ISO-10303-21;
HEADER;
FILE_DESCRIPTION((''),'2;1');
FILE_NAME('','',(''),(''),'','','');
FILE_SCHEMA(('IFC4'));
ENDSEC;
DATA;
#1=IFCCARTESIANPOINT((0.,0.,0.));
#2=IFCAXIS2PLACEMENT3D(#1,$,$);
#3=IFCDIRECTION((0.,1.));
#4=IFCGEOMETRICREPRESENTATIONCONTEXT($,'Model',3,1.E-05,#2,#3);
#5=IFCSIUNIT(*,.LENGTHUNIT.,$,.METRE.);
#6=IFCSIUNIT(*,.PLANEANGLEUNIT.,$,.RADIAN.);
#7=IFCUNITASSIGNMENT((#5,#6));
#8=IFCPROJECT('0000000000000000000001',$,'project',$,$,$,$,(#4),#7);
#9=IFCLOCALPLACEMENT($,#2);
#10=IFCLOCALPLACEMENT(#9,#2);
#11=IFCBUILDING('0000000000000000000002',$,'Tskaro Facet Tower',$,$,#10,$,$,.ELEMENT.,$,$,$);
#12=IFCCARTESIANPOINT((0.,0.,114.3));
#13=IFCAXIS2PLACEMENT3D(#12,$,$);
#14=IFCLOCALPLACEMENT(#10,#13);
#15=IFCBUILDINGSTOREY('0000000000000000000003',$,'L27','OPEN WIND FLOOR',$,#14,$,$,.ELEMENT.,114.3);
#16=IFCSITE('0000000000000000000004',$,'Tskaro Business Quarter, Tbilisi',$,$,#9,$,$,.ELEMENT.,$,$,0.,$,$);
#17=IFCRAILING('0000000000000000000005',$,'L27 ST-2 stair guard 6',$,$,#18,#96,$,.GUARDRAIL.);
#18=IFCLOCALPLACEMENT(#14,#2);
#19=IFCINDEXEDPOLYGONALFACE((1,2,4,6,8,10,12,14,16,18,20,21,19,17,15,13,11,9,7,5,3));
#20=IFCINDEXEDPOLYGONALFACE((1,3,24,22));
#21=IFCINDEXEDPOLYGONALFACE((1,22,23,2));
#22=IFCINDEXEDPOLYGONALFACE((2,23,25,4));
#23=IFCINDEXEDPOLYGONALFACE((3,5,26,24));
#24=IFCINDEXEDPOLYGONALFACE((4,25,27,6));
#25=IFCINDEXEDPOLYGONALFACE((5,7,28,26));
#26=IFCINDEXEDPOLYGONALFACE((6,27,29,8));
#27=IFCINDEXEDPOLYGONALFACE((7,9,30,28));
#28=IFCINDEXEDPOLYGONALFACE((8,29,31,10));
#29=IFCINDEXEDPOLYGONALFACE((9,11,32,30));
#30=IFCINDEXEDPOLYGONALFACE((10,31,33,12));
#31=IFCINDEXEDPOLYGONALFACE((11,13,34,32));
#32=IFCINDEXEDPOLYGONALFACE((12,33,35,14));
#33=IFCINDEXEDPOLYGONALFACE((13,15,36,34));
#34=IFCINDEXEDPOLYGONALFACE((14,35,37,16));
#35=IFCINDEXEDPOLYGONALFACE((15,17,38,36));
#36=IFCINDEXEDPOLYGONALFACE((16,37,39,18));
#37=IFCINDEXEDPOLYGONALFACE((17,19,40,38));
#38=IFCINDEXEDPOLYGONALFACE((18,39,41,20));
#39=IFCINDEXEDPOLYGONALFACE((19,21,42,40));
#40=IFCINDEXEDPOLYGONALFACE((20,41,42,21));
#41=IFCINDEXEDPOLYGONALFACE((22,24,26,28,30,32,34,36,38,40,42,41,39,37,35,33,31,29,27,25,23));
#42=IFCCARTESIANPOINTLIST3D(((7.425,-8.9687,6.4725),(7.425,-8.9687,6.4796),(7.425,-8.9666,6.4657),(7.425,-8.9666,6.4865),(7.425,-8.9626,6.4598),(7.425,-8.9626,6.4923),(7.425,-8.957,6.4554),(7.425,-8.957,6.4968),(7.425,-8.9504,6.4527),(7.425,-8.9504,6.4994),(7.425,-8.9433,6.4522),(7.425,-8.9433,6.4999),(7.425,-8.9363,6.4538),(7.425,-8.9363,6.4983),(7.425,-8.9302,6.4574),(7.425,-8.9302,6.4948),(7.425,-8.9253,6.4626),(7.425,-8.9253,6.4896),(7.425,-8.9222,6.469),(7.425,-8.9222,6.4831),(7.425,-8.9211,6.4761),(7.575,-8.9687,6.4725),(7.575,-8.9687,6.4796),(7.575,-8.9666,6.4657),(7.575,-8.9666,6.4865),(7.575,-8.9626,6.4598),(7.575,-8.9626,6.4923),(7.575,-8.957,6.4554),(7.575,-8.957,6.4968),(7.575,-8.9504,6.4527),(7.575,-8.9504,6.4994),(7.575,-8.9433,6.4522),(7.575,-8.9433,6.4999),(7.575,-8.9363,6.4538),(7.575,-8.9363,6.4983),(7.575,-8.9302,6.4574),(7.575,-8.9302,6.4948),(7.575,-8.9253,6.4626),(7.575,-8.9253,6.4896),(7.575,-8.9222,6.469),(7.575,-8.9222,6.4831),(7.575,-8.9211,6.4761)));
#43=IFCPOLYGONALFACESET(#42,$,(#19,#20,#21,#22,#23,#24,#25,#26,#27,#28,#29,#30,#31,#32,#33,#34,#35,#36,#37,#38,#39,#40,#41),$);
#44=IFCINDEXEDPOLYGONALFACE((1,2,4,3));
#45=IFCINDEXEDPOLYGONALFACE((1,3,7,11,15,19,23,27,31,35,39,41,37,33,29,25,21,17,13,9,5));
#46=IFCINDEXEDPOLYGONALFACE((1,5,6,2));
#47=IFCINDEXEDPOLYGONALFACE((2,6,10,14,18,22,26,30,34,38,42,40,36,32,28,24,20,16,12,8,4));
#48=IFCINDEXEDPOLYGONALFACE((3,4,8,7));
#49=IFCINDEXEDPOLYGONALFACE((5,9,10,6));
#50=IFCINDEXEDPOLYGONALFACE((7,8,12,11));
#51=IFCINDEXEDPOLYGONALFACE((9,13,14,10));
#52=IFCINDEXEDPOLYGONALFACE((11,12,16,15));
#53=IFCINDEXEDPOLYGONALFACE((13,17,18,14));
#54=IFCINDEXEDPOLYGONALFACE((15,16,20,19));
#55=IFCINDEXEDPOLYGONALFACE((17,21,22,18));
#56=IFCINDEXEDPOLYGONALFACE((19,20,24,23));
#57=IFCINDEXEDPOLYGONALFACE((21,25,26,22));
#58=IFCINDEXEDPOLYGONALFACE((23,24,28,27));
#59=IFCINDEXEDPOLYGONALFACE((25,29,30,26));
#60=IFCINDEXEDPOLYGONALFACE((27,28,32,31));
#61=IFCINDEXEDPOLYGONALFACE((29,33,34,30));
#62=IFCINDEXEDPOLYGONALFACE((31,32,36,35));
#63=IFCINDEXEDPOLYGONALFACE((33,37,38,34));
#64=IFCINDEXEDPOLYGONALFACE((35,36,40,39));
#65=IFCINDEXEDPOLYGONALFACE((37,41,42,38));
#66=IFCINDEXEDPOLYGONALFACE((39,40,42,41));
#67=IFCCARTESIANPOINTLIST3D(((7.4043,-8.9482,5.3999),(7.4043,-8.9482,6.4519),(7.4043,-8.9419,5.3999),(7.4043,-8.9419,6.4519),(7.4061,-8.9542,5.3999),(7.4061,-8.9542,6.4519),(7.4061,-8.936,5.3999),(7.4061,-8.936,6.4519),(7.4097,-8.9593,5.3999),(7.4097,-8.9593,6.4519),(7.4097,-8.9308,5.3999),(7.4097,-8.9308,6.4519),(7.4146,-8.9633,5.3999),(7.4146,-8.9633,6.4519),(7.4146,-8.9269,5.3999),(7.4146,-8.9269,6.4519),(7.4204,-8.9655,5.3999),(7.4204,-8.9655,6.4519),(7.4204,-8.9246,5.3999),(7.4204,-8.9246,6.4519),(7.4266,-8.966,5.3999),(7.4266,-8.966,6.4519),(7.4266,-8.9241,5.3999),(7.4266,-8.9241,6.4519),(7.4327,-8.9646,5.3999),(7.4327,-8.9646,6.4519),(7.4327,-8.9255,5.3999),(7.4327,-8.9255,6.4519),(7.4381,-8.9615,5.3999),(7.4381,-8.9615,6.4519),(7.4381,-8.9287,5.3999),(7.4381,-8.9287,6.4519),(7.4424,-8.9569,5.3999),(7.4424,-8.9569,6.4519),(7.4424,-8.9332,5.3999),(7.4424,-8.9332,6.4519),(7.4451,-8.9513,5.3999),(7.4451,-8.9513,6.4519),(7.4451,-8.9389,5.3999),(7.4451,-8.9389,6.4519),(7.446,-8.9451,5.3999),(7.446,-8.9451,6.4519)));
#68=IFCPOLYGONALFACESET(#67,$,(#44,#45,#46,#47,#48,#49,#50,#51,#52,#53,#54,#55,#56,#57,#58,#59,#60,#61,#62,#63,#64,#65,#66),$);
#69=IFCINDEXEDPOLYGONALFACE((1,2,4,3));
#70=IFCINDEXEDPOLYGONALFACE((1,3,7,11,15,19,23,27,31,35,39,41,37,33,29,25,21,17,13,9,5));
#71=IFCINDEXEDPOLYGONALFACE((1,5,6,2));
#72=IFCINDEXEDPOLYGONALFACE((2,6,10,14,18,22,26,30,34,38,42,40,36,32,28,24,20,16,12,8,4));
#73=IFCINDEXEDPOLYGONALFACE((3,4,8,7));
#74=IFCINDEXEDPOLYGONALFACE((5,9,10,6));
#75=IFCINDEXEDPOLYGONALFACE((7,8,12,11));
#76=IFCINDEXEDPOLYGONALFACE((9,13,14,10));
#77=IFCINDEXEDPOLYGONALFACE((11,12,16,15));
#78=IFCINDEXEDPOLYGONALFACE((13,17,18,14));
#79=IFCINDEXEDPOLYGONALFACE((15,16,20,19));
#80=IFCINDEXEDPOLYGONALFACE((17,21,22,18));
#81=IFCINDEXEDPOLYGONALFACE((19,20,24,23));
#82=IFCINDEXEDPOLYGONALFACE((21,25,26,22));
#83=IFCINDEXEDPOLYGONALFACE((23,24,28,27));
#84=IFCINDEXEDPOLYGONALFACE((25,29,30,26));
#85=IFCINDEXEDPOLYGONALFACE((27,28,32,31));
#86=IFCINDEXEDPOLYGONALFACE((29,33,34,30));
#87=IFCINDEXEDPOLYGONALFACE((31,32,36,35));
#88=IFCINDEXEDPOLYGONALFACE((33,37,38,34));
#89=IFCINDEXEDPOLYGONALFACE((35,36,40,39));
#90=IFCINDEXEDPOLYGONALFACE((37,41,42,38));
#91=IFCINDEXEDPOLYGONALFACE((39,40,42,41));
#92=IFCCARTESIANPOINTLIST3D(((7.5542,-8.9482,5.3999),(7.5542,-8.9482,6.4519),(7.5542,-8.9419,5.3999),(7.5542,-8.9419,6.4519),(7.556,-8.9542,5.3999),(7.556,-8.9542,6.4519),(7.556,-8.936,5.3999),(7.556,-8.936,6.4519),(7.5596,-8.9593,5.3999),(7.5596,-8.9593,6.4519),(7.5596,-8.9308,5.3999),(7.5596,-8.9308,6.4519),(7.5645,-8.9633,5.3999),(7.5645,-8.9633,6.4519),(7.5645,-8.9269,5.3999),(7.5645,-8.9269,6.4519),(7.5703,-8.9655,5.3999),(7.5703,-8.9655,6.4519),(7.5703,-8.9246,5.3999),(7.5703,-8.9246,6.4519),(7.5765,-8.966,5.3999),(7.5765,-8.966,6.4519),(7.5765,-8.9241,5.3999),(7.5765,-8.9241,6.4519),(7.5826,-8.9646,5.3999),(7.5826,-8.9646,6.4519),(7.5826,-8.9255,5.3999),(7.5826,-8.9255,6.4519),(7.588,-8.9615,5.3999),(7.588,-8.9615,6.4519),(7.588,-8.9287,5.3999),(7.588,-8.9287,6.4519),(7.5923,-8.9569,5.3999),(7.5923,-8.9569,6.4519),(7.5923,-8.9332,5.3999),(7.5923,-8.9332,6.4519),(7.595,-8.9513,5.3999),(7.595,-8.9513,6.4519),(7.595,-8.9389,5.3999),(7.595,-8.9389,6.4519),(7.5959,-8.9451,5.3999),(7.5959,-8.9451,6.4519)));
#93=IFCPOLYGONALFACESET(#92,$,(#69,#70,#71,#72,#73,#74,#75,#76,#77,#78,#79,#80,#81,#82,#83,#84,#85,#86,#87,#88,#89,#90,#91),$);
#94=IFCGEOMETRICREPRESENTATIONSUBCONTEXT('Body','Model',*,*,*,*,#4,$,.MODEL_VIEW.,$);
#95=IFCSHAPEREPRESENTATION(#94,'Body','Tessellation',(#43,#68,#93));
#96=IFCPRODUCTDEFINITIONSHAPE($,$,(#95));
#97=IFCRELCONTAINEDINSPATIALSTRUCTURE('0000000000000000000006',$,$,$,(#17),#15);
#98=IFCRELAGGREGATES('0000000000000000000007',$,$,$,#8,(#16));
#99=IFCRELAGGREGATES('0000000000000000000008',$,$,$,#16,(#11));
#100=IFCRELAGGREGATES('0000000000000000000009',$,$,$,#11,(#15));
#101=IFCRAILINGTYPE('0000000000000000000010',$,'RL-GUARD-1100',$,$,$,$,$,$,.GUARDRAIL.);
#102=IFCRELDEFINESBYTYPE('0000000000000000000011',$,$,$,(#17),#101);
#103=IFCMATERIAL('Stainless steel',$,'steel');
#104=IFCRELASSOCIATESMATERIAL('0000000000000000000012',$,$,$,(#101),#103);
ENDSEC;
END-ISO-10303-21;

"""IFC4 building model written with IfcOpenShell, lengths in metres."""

from ifc_helpers import new_model, si_unit, direction, frame, origin, origin_2d, place, context, subcontext, project, spatial, circle, extrude, material, type_object, element, save


model = new_model("IFC4")

# Units and contexts
model_context = context("Model", 3, precision=1e-05, world=origin(), true_north=direction((0.0, 1.0)))
body_context = subcontext(model_context, "Body", "Model", "MODEL_VIEW")
ifc_project = project(units=[si_unit("LENGTHUNIT", "METRE"), si_unit("PLANEANGLEUNIT", "RADIAN")], contexts=[model_context])

# Site, building, storey
site_placement = place(None, origin())
site = spatial("IfcSite", under=ifc_project, at=site_placement, Name="Tskaro Business Quarter, Tbilisi", CompositionType="ELEMENT", RefElevation=0.0)
building_placement = place(site_placement, origin())
building = spatial("IfcBuilding", under=site, at=building_placement, Name="Tskaro Facet Tower", CompositionType="ELEMENT")
storey_placement = place(building_placement, frame((0.0, 0.0, 114.3)))
storey = spatial("IfcBuildingStorey", under=building, at=storey_placement, Name="L27", Description="OPEN WIND FLOOR", CompositionType="ELEMENT", Elevation=114.3)

# Railing
ifc_material_1 = material(Name="Stainless steel", Category="steel")
railing_type_1 = type_object("IfcRailingType", Name="RL-GUARD-1100", PredefinedType="GUARDRAIL", material=ifc_material_1)
railing_1_placement = place(storey_placement, frame((7.425, -8.9451, 5.3999)))
element("IfcRailing", 1, at=railing_1_placement, inside=storey, type_object=railing_type_1, Name="L27 ST-2 stair guard 6", PredefinedType="GUARDRAIL", context=body_context, shape_type="SweptSolid", body=[
    extrude(circle(Radius=0.0239, at=origin_2d()), frame((0.0, 0.0, 1.0762), z_axis=(1.0, 0.0, 0.0), x_axis=(0.0, 1.0, 0.0)), (0.0, 0.0, 1.0), 0.1499),
    extrude(circle(Radius=0.021, at=origin_2d()), origin(), (0.0, 0.0, 1.0), 1.052),
    extrude(circle(Radius=0.021, at=origin_2d()), frame((0.1499, 0.0, 0.0)), (0.0, 0.0, 1.0), 1.052),
])

save(model, "model.ifc")
